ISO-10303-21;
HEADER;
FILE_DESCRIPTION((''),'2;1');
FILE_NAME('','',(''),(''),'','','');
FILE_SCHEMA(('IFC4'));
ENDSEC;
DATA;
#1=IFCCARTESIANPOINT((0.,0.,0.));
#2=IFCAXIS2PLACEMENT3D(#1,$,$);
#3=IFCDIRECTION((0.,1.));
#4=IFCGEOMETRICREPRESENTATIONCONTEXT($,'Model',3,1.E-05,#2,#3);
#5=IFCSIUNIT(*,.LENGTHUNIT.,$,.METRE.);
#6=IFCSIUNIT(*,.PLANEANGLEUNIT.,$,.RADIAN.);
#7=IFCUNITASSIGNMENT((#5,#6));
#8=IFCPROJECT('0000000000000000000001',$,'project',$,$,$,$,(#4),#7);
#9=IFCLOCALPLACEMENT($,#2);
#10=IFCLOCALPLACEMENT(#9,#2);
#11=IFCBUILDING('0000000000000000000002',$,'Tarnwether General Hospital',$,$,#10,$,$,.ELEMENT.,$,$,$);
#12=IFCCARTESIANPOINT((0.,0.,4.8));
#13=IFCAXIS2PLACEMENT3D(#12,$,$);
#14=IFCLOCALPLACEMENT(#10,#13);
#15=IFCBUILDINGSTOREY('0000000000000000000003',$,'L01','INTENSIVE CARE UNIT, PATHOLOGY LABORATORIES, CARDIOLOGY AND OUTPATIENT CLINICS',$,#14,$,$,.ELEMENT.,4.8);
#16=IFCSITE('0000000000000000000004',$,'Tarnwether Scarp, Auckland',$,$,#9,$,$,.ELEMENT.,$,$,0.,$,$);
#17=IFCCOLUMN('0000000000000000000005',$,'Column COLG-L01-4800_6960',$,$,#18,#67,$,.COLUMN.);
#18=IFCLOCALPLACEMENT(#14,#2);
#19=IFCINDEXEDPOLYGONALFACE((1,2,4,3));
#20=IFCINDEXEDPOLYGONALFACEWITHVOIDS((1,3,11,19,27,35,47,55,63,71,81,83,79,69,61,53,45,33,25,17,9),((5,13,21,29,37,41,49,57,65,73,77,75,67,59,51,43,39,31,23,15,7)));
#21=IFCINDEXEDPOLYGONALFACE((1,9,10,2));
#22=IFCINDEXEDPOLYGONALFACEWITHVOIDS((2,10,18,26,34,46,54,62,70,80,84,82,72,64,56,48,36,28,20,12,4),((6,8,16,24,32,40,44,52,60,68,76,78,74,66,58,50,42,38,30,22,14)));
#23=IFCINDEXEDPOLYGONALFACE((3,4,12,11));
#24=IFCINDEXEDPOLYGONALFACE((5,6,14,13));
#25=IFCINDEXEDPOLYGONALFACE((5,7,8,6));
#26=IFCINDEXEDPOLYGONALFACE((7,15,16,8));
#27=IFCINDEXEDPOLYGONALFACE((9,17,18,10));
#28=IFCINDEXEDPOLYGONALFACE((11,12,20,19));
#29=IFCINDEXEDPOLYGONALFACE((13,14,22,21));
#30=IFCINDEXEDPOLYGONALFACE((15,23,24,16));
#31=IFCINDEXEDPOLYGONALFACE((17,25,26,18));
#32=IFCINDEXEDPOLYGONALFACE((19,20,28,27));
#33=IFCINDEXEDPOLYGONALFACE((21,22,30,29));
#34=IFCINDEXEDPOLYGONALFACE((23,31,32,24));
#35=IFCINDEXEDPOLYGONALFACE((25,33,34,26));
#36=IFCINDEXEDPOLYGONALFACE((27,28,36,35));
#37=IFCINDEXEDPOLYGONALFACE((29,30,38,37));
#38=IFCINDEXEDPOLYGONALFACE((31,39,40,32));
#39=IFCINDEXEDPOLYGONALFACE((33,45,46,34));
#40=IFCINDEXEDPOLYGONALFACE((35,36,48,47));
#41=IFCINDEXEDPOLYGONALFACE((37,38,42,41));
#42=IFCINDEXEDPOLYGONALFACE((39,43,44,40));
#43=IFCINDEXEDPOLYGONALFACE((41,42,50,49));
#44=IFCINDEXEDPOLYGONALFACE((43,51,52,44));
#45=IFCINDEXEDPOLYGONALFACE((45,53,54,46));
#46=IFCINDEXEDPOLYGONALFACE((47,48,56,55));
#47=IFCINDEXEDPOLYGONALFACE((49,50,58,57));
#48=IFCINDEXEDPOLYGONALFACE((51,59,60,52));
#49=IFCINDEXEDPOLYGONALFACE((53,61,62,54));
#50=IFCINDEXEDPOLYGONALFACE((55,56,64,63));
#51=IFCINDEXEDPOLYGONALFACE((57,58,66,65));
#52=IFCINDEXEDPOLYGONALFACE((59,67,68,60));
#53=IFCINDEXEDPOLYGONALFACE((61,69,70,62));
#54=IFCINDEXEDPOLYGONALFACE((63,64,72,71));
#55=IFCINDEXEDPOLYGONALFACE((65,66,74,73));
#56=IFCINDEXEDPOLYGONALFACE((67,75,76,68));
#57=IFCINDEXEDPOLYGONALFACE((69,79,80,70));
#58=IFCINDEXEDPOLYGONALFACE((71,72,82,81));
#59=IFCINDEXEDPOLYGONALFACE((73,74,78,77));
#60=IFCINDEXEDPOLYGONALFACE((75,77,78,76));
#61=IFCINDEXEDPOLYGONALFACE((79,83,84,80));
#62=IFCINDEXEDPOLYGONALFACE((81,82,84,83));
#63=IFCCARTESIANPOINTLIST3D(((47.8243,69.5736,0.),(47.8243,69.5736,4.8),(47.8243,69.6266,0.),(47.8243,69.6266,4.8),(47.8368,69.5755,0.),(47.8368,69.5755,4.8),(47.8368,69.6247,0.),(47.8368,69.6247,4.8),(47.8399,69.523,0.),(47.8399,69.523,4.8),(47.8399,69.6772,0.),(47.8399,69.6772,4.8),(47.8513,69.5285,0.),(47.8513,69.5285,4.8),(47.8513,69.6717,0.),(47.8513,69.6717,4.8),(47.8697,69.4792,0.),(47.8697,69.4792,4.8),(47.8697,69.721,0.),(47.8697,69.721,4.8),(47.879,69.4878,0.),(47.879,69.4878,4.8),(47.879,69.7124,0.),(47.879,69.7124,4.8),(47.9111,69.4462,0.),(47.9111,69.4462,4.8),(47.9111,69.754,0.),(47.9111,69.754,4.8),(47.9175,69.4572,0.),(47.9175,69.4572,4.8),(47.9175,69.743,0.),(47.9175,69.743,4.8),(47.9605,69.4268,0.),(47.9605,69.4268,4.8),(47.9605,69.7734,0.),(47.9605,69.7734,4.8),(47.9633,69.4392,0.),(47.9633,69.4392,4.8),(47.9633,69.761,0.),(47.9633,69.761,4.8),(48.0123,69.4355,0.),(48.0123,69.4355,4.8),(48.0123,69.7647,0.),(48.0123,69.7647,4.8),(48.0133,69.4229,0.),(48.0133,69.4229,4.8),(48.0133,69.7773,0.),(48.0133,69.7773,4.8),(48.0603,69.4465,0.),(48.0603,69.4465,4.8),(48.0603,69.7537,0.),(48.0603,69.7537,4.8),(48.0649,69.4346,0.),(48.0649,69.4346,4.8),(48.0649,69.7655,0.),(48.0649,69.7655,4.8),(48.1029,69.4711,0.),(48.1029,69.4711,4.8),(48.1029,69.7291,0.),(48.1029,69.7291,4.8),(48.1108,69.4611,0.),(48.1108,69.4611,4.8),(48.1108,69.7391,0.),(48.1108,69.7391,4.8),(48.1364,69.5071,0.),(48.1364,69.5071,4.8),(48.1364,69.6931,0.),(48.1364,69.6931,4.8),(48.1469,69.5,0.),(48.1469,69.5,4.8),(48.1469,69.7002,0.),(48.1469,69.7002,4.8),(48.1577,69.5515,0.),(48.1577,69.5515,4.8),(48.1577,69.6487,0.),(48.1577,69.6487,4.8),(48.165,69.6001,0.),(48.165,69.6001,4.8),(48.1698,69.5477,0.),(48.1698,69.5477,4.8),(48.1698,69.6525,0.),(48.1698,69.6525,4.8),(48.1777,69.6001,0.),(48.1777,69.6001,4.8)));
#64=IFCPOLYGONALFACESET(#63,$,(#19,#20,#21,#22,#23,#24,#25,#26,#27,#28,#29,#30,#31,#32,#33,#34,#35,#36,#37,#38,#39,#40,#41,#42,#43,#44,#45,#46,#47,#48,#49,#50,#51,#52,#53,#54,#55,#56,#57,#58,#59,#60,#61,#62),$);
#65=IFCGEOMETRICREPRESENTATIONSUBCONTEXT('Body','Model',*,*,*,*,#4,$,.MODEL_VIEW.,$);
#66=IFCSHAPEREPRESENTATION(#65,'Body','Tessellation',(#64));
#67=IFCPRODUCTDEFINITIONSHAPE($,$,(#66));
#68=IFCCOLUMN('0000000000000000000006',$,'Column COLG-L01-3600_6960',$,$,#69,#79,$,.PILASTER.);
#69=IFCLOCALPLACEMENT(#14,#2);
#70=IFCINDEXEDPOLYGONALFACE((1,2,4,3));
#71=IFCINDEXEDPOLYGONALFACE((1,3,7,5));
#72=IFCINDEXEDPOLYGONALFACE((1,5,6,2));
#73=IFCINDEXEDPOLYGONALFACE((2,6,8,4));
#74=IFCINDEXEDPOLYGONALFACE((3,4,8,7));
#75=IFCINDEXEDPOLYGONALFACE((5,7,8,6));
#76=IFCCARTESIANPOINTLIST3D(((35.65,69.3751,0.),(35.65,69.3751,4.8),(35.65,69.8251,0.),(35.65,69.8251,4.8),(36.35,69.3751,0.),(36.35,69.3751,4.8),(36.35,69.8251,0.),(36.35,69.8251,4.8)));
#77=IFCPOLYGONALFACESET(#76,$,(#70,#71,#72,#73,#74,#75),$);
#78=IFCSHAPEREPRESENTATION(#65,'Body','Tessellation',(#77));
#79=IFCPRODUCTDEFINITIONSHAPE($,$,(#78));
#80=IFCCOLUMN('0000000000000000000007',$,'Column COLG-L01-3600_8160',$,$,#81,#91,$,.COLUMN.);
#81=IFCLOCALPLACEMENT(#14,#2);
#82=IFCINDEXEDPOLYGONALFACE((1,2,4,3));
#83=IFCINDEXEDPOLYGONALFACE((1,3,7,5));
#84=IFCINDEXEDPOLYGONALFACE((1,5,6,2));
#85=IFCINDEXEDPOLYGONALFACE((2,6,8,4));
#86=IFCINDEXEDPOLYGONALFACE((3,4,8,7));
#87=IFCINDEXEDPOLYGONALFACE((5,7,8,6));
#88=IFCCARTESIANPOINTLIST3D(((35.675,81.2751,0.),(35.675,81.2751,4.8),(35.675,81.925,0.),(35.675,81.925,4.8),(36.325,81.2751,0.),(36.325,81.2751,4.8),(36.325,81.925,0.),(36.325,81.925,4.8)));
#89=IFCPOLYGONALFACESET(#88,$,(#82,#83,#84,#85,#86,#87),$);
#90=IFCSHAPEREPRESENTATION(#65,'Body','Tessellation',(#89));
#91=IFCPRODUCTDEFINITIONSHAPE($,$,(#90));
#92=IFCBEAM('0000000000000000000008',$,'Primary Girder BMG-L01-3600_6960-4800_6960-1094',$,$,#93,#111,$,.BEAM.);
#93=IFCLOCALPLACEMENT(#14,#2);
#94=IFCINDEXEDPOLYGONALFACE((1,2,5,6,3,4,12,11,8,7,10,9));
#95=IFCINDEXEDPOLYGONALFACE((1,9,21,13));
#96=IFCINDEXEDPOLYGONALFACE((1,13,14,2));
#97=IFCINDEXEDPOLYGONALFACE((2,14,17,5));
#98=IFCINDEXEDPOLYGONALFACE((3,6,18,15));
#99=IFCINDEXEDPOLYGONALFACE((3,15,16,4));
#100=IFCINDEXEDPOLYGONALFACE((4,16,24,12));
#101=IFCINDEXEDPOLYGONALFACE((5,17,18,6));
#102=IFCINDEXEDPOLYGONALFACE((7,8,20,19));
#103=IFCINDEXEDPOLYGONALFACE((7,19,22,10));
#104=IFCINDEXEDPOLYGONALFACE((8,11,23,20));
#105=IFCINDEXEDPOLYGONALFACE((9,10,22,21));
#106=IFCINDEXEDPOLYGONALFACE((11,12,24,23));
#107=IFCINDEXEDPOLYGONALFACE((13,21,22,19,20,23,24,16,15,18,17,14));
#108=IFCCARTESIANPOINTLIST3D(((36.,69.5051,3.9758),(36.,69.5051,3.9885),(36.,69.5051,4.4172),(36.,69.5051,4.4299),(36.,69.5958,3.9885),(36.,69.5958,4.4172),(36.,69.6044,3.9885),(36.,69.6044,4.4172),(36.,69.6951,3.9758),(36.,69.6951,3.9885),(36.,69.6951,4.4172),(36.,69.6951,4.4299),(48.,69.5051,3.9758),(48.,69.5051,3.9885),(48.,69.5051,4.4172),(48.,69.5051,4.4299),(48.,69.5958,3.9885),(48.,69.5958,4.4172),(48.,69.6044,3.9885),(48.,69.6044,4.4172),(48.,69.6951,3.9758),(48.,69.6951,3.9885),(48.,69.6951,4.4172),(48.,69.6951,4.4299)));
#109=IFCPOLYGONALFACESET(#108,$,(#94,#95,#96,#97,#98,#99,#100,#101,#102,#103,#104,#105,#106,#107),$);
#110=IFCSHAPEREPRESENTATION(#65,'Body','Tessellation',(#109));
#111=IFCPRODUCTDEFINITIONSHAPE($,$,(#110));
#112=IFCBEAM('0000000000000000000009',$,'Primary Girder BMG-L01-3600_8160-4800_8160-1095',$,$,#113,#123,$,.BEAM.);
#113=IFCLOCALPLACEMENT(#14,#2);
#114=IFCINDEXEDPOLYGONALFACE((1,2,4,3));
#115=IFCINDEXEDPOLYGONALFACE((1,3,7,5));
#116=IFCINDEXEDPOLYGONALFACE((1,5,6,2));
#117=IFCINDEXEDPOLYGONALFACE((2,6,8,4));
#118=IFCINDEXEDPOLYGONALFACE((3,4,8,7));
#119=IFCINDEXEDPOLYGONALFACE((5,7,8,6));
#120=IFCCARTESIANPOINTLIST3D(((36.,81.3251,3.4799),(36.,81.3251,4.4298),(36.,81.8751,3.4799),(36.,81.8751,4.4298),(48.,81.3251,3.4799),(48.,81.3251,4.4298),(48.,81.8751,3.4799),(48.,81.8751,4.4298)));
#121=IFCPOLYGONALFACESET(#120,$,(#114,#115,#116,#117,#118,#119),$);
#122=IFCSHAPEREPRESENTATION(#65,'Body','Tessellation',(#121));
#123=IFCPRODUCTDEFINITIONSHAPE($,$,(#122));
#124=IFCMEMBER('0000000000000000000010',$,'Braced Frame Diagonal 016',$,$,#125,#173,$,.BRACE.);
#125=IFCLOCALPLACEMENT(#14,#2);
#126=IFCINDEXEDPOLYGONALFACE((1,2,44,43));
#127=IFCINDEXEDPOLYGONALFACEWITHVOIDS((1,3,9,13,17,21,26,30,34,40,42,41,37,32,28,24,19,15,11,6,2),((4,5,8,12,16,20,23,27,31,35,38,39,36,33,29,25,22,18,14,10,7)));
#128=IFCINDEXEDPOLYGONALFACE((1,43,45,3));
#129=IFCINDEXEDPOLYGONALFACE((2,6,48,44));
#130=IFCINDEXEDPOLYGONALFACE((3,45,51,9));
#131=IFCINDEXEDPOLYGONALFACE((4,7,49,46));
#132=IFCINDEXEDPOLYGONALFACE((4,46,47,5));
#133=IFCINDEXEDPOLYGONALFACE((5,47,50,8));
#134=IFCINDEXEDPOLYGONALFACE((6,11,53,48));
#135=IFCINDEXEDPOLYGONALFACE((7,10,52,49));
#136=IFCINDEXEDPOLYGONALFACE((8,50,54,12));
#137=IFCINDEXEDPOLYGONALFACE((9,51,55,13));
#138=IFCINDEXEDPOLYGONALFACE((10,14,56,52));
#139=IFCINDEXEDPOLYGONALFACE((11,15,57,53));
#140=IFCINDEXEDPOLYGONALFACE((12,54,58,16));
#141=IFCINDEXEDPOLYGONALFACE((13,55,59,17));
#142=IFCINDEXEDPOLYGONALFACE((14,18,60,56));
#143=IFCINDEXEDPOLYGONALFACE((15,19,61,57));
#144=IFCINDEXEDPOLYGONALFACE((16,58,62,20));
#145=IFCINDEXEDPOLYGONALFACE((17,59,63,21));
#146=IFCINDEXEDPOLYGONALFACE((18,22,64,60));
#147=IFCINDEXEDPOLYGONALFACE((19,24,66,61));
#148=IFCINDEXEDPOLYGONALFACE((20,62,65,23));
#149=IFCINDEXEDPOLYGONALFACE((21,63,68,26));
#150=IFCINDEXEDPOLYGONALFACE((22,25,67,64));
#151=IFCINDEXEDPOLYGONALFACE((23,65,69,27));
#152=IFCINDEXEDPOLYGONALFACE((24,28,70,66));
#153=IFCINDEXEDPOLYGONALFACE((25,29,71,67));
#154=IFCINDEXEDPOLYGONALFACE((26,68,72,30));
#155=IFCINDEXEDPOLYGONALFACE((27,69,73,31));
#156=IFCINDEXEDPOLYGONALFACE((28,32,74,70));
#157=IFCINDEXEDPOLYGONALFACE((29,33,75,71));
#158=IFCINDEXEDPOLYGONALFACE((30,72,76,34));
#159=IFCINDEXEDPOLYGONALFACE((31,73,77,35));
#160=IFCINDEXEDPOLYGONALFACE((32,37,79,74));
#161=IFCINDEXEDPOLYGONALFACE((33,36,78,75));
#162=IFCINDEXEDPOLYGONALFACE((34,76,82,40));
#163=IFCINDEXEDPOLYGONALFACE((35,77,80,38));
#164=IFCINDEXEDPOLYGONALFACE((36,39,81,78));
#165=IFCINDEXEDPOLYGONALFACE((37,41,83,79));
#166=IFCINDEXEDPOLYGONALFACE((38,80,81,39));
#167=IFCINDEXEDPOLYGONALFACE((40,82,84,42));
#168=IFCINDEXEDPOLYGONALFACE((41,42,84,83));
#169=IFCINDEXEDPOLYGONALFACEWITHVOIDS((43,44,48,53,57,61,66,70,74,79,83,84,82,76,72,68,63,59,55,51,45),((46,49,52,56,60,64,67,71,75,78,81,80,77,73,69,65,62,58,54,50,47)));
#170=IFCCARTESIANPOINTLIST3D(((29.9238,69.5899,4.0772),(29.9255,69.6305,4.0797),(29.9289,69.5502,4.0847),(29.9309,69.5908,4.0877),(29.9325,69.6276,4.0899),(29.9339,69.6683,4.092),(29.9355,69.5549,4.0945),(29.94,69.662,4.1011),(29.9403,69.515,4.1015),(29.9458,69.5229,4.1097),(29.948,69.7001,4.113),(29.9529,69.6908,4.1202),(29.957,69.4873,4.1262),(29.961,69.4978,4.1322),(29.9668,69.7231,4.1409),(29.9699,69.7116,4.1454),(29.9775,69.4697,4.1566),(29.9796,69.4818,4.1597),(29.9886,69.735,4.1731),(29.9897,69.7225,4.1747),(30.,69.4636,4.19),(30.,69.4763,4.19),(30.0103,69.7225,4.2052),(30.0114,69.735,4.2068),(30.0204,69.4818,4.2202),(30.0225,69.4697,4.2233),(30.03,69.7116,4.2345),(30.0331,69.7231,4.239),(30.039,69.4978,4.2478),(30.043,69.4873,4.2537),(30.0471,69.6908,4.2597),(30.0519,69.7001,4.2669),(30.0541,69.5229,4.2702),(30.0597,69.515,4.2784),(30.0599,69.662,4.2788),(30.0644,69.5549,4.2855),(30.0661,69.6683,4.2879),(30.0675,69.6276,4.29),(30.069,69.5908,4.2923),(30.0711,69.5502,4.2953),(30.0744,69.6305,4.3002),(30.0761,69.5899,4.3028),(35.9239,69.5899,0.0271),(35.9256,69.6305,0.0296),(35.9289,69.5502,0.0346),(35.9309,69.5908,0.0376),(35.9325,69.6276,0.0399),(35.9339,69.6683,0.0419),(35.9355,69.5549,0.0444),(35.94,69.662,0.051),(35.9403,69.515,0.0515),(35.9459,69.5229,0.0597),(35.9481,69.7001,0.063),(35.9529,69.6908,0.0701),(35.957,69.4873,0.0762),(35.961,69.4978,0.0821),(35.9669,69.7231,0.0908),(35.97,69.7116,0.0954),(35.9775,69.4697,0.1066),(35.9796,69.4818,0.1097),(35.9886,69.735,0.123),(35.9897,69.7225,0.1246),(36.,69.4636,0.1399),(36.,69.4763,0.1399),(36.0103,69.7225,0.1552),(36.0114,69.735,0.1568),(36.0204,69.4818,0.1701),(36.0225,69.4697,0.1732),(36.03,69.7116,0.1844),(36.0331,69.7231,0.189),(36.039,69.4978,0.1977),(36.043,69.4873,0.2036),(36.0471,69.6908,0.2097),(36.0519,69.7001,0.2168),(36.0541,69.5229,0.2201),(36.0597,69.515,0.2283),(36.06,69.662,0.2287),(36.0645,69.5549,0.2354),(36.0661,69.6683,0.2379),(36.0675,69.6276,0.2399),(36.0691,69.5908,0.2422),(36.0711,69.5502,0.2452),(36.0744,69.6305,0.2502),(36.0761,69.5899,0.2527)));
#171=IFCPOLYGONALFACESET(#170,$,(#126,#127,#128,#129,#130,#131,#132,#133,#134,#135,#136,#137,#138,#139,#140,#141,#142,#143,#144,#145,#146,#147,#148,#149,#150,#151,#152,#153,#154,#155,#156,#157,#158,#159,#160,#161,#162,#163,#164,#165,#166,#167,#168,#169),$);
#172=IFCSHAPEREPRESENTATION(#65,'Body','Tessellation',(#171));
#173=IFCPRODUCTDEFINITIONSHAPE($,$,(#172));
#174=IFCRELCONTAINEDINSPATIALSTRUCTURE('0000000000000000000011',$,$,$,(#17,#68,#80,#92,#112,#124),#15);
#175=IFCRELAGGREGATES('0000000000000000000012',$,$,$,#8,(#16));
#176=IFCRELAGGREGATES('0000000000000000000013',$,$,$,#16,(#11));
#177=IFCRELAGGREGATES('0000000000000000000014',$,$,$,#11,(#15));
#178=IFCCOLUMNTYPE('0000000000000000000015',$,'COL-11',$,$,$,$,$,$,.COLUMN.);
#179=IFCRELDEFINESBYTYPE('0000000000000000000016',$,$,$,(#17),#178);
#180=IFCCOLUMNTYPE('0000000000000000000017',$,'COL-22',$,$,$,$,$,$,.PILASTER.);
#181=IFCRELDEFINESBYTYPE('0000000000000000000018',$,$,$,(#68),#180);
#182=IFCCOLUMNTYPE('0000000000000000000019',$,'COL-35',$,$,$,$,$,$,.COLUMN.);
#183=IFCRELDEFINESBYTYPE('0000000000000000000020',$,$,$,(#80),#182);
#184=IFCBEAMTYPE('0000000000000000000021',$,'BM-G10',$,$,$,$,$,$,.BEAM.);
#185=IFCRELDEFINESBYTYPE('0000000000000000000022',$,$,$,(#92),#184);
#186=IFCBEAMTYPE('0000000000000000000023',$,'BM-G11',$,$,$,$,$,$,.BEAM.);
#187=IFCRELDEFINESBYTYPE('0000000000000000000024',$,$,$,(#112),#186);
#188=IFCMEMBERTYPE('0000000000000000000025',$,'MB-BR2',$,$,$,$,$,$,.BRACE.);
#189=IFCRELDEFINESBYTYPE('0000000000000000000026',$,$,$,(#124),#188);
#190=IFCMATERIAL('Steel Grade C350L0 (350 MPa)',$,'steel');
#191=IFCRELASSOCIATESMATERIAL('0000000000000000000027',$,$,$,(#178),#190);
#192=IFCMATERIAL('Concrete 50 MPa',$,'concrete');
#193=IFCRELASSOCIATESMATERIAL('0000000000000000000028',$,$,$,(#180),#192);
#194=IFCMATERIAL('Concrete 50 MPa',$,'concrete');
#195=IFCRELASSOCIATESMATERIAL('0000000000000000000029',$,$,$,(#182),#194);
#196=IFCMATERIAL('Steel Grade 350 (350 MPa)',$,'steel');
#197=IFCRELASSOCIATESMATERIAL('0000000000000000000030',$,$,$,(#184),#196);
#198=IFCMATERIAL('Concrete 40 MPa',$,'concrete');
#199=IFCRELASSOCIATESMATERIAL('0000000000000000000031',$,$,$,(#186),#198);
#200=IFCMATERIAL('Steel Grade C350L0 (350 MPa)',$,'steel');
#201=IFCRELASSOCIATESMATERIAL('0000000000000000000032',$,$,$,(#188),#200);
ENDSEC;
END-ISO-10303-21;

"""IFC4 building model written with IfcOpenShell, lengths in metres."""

from ifc_helpers import new_model, si_unit, direction, frame, origin, origin_2d, place, context, subcontext, project, spatial, rectangle, hollow_circle, i_section, extrude, material, material_profile, profile_set, type_object, element, save


model = new_model("IFC4")

# Units and contexts
model_context = context("Model", 3, precision=1e-05, world=origin(), true_north=direction((0.0, 1.0)))
body_context = subcontext(model_context, "Body", "Model", "MODEL_VIEW")
ifc_project = project(units=[si_unit("LENGTHUNIT", "METRE"), si_unit("PLANEANGLEUNIT", "RADIAN")], contexts=[model_context])

# Site, building, storey
site_placement = place(None, origin())
site = spatial("IfcSite", under=ifc_project, at=site_placement, Name="Tarnwether Scarp, Auckland", CompositionType="ELEMENT", RefElevation=0.0)
building_placement = place(site_placement, origin())
building = spatial("IfcBuilding", under=site, at=building_placement, Name="Tarnwether General Hospital", CompositionType="ELEMENT")
storey_placement = place(building_placement, frame((0.0, 0.0, 4.8)))
storey = spatial("IfcBuildingStorey", under=building, at=storey_placement, Name="L01", Description="INTENSIVE CARE UNIT, PATHOLOGY LABORATORIES, CARDIOLOGY AND OUTPATIENT CLINICS", CompositionType="ELEMENT", Elevation=4.8)

# Columns
ifc_material_1 = material(Name="Steel Grade C350L0 (350 MPa)", Category="steel")
ifc_material_profile_1 = material_profile(ifc_material_1, hollow_circle(Radius=0.1777, WallThickness=0.0127, at=origin_2d()), Name="CHS355.6x12.7")
ifc_profile_set_1 = profile_set([ifc_material_profile_1], Name="Steel Grade C350L0 (350 MPa)")
column_type_1 = type_object("IfcColumnType", Name="COL-11", PredefinedType="COLUMN", material=ifc_profile_set_1)
column_1_placement = place(storey_placement, frame((48.0, 69.6001, 0.0), z_axis=(0.0, 0.0, 1.0), x_axis=(1.0, 0.0, 0.0)))
element("IfcColumn", 1, at=column_1_placement, inside=storey, type_object=column_type_1, Name="Column COLG-L01-4800_6960", PredefinedType="COLUMN", context=body_context, shape_type="SweptSolid", body=[
    extrude(hollow_circle(Radius=0.1777, WallThickness=0.0127, at=origin_2d()), origin(), (0.0, 0.0, 1.0), 4.8),
])
ifc_material_2 = material(Name="Concrete 50 MPa", Category="concrete")
ifc_material_profile_2 = material_profile(ifc_material_2, rectangle(XDim=0.45, YDim=0.7, at=origin_2d()), Name="RC-PIL-450x700")
ifc_profile_set_2 = profile_set([ifc_material_profile_2], Name="Concrete 50 MPa")
column_type_2 = type_object("IfcColumnType", Name="COL-22", PredefinedType="PILASTER", material=ifc_profile_set_2)
column_2_placement = place(storey_placement, frame((36.0, 69.6001, 0.0), z_axis=(0.0, 0.0, 1.0), x_axis=(0.0, 1.0, 0.0)))
element("IfcColumn", 2, at=column_2_placement, inside=storey, type_object=column_type_2, Name="Column COLG-L01-3600_6960", PredefinedType="PILASTER", context=body_context, shape_type="SweptSolid", body=[
    extrude(rectangle(XDim=0.45, YDim=0.7, at=origin_2d()), origin(), (0.0, 0.0, 1.0), 4.8),
])
ifc_material_3 = material(Name="Concrete 50 MPa", Category="concrete")
ifc_material_profile_3 = material_profile(ifc_material_3, rectangle(XDim=0.6499, YDim=0.6499, at=origin_2d()), Name="RC-COL-650x650")
ifc_profile_set_3 = profile_set([ifc_material_profile_3], Name="Concrete 50 MPa")
column_type_3 = type_object("IfcColumnType", Name="COL-35", PredefinedType="COLUMN", material=ifc_profile_set_3)
column_3_placement = place(storey_placement, frame((36.0, 81.6001, 0.0), z_axis=(0.0, 0.0, 1.0), x_axis=(0.0, 1.0, 0.0)))
element("IfcColumn", 3, at=column_3_placement, inside=storey, type_object=column_type_3, Name="Column COLG-L01-3600_8160", PredefinedType="COLUMN", context=body_context, shape_type="SweptSolid", body=[
    extrude(rectangle(XDim=0.6499, YDim=0.6499, at=origin_2d()), origin(), (0.0, 0.0, 1.0), 4.8),
])

# Beams
ifc_material_4 = material(Name="Steel Grade 350 (350 MPa)", Category="steel")
ifc_material_profile_4 = material_profile(ifc_material_4, i_section(OverallWidth=0.1899, OverallDepth=0.4541, WebThickness=0.0085, FlangeThickness=0.0127, at=origin_2d()), Name="460UB67.1")
ifc_profile_set_4 = profile_set([ifc_material_profile_4], Name="Steel Grade 350 (350 MPa)")
beam_type_1 = type_object("IfcBeamType", Name="BM-G10", PredefinedType="BEAM", material=ifc_profile_set_4)
beam_1_placement = place(storey_placement, frame((36.0, 69.6001, 4.2029), z_axis=(1.0, 0.0, 0.0), x_axis=(0.0, 1.0, 0.0)))
element("IfcBeam", 4, at=beam_1_placement, inside=storey, type_object=beam_type_1, Name="Primary Girder BMG-L01-3600_6960-4800_6960-1094", PredefinedType="BEAM", context=body_context, shape_type="SweptSolid", body=[
    extrude(i_section(OverallWidth=0.1899, OverallDepth=0.4541, WebThickness=0.0085, FlangeThickness=0.0127, at=origin_2d()), origin(), (0.0, 0.0, 1.0), 12.0),
])
ifc_material_5 = material(Name="Concrete 40 MPa", Category="concrete")
ifc_material_profile_5 = material_profile(ifc_material_5, rectangle(XDim=0.55, YDim=0.95, at=origin_2d()), Name="RC-BM-550x950")
ifc_profile_set_5 = profile_set([ifc_material_profile_5], Name="Concrete 40 MPa")
beam_type_2 = type_object("IfcBeamType", Name="BM-G11", PredefinedType="BEAM", material=ifc_profile_set_5)
beam_2_placement = place(storey_placement, frame((36.0, 81.6001, 3.9548), z_axis=(1.0, 0.0, 0.0), x_axis=(0.0, 1.0, 0.0)))
element("IfcBeam", 5, at=beam_2_placement, inside=storey, type_object=beam_type_2, Name="Primary Girder BMG-L01-3600_8160-4800_8160-1095", PredefinedType="BEAM", context=body_context, shape_type="SweptSolid", body=[
    extrude(rectangle(XDim=0.55, YDim=0.95, at=origin_2d()), origin(), (0.0, 0.0, 1.0), 12.0),
])

# Member
ifc_material_6 = material(Name="Steel Grade C350L0 (350 MPa)", Category="steel")
ifc_material_profile_6 = material_profile(ifc_material_6, hollow_circle(Radius=0.1365, WallThickness=0.0127, at=origin_2d()), Name="CHS273.1x12.7")
ifc_profile_set_6 = profile_set([ifc_material_profile_6], Name="Steel Grade C350L0 (350 MPa)")
member_type = type_object("IfcMemberType", Name="MB-BR2", PredefinedType="BRACE", material=ifc_profile_set_6)
member_placement = place(storey_placement, frame((36.0, 69.6001, 0.1399), z_axis=(-0.828846, 0.0, 0.559477), x_axis=(0.0, -1.0, 0.0)))
element("IfcMember", 6, at=member_placement, inside=storey, type_object=member_type, Name="Braced Frame Diagonal 016", PredefinedType="BRACE", context=body_context, shape_type="SweptSolid", body=[
    extrude(hollow_circle(Radius=0.1365, WallThickness=0.0127, at=origin_2d()), origin(), (0.0, 0.0, 1.0), 7.239),
])

save(model, "model.ifc")
